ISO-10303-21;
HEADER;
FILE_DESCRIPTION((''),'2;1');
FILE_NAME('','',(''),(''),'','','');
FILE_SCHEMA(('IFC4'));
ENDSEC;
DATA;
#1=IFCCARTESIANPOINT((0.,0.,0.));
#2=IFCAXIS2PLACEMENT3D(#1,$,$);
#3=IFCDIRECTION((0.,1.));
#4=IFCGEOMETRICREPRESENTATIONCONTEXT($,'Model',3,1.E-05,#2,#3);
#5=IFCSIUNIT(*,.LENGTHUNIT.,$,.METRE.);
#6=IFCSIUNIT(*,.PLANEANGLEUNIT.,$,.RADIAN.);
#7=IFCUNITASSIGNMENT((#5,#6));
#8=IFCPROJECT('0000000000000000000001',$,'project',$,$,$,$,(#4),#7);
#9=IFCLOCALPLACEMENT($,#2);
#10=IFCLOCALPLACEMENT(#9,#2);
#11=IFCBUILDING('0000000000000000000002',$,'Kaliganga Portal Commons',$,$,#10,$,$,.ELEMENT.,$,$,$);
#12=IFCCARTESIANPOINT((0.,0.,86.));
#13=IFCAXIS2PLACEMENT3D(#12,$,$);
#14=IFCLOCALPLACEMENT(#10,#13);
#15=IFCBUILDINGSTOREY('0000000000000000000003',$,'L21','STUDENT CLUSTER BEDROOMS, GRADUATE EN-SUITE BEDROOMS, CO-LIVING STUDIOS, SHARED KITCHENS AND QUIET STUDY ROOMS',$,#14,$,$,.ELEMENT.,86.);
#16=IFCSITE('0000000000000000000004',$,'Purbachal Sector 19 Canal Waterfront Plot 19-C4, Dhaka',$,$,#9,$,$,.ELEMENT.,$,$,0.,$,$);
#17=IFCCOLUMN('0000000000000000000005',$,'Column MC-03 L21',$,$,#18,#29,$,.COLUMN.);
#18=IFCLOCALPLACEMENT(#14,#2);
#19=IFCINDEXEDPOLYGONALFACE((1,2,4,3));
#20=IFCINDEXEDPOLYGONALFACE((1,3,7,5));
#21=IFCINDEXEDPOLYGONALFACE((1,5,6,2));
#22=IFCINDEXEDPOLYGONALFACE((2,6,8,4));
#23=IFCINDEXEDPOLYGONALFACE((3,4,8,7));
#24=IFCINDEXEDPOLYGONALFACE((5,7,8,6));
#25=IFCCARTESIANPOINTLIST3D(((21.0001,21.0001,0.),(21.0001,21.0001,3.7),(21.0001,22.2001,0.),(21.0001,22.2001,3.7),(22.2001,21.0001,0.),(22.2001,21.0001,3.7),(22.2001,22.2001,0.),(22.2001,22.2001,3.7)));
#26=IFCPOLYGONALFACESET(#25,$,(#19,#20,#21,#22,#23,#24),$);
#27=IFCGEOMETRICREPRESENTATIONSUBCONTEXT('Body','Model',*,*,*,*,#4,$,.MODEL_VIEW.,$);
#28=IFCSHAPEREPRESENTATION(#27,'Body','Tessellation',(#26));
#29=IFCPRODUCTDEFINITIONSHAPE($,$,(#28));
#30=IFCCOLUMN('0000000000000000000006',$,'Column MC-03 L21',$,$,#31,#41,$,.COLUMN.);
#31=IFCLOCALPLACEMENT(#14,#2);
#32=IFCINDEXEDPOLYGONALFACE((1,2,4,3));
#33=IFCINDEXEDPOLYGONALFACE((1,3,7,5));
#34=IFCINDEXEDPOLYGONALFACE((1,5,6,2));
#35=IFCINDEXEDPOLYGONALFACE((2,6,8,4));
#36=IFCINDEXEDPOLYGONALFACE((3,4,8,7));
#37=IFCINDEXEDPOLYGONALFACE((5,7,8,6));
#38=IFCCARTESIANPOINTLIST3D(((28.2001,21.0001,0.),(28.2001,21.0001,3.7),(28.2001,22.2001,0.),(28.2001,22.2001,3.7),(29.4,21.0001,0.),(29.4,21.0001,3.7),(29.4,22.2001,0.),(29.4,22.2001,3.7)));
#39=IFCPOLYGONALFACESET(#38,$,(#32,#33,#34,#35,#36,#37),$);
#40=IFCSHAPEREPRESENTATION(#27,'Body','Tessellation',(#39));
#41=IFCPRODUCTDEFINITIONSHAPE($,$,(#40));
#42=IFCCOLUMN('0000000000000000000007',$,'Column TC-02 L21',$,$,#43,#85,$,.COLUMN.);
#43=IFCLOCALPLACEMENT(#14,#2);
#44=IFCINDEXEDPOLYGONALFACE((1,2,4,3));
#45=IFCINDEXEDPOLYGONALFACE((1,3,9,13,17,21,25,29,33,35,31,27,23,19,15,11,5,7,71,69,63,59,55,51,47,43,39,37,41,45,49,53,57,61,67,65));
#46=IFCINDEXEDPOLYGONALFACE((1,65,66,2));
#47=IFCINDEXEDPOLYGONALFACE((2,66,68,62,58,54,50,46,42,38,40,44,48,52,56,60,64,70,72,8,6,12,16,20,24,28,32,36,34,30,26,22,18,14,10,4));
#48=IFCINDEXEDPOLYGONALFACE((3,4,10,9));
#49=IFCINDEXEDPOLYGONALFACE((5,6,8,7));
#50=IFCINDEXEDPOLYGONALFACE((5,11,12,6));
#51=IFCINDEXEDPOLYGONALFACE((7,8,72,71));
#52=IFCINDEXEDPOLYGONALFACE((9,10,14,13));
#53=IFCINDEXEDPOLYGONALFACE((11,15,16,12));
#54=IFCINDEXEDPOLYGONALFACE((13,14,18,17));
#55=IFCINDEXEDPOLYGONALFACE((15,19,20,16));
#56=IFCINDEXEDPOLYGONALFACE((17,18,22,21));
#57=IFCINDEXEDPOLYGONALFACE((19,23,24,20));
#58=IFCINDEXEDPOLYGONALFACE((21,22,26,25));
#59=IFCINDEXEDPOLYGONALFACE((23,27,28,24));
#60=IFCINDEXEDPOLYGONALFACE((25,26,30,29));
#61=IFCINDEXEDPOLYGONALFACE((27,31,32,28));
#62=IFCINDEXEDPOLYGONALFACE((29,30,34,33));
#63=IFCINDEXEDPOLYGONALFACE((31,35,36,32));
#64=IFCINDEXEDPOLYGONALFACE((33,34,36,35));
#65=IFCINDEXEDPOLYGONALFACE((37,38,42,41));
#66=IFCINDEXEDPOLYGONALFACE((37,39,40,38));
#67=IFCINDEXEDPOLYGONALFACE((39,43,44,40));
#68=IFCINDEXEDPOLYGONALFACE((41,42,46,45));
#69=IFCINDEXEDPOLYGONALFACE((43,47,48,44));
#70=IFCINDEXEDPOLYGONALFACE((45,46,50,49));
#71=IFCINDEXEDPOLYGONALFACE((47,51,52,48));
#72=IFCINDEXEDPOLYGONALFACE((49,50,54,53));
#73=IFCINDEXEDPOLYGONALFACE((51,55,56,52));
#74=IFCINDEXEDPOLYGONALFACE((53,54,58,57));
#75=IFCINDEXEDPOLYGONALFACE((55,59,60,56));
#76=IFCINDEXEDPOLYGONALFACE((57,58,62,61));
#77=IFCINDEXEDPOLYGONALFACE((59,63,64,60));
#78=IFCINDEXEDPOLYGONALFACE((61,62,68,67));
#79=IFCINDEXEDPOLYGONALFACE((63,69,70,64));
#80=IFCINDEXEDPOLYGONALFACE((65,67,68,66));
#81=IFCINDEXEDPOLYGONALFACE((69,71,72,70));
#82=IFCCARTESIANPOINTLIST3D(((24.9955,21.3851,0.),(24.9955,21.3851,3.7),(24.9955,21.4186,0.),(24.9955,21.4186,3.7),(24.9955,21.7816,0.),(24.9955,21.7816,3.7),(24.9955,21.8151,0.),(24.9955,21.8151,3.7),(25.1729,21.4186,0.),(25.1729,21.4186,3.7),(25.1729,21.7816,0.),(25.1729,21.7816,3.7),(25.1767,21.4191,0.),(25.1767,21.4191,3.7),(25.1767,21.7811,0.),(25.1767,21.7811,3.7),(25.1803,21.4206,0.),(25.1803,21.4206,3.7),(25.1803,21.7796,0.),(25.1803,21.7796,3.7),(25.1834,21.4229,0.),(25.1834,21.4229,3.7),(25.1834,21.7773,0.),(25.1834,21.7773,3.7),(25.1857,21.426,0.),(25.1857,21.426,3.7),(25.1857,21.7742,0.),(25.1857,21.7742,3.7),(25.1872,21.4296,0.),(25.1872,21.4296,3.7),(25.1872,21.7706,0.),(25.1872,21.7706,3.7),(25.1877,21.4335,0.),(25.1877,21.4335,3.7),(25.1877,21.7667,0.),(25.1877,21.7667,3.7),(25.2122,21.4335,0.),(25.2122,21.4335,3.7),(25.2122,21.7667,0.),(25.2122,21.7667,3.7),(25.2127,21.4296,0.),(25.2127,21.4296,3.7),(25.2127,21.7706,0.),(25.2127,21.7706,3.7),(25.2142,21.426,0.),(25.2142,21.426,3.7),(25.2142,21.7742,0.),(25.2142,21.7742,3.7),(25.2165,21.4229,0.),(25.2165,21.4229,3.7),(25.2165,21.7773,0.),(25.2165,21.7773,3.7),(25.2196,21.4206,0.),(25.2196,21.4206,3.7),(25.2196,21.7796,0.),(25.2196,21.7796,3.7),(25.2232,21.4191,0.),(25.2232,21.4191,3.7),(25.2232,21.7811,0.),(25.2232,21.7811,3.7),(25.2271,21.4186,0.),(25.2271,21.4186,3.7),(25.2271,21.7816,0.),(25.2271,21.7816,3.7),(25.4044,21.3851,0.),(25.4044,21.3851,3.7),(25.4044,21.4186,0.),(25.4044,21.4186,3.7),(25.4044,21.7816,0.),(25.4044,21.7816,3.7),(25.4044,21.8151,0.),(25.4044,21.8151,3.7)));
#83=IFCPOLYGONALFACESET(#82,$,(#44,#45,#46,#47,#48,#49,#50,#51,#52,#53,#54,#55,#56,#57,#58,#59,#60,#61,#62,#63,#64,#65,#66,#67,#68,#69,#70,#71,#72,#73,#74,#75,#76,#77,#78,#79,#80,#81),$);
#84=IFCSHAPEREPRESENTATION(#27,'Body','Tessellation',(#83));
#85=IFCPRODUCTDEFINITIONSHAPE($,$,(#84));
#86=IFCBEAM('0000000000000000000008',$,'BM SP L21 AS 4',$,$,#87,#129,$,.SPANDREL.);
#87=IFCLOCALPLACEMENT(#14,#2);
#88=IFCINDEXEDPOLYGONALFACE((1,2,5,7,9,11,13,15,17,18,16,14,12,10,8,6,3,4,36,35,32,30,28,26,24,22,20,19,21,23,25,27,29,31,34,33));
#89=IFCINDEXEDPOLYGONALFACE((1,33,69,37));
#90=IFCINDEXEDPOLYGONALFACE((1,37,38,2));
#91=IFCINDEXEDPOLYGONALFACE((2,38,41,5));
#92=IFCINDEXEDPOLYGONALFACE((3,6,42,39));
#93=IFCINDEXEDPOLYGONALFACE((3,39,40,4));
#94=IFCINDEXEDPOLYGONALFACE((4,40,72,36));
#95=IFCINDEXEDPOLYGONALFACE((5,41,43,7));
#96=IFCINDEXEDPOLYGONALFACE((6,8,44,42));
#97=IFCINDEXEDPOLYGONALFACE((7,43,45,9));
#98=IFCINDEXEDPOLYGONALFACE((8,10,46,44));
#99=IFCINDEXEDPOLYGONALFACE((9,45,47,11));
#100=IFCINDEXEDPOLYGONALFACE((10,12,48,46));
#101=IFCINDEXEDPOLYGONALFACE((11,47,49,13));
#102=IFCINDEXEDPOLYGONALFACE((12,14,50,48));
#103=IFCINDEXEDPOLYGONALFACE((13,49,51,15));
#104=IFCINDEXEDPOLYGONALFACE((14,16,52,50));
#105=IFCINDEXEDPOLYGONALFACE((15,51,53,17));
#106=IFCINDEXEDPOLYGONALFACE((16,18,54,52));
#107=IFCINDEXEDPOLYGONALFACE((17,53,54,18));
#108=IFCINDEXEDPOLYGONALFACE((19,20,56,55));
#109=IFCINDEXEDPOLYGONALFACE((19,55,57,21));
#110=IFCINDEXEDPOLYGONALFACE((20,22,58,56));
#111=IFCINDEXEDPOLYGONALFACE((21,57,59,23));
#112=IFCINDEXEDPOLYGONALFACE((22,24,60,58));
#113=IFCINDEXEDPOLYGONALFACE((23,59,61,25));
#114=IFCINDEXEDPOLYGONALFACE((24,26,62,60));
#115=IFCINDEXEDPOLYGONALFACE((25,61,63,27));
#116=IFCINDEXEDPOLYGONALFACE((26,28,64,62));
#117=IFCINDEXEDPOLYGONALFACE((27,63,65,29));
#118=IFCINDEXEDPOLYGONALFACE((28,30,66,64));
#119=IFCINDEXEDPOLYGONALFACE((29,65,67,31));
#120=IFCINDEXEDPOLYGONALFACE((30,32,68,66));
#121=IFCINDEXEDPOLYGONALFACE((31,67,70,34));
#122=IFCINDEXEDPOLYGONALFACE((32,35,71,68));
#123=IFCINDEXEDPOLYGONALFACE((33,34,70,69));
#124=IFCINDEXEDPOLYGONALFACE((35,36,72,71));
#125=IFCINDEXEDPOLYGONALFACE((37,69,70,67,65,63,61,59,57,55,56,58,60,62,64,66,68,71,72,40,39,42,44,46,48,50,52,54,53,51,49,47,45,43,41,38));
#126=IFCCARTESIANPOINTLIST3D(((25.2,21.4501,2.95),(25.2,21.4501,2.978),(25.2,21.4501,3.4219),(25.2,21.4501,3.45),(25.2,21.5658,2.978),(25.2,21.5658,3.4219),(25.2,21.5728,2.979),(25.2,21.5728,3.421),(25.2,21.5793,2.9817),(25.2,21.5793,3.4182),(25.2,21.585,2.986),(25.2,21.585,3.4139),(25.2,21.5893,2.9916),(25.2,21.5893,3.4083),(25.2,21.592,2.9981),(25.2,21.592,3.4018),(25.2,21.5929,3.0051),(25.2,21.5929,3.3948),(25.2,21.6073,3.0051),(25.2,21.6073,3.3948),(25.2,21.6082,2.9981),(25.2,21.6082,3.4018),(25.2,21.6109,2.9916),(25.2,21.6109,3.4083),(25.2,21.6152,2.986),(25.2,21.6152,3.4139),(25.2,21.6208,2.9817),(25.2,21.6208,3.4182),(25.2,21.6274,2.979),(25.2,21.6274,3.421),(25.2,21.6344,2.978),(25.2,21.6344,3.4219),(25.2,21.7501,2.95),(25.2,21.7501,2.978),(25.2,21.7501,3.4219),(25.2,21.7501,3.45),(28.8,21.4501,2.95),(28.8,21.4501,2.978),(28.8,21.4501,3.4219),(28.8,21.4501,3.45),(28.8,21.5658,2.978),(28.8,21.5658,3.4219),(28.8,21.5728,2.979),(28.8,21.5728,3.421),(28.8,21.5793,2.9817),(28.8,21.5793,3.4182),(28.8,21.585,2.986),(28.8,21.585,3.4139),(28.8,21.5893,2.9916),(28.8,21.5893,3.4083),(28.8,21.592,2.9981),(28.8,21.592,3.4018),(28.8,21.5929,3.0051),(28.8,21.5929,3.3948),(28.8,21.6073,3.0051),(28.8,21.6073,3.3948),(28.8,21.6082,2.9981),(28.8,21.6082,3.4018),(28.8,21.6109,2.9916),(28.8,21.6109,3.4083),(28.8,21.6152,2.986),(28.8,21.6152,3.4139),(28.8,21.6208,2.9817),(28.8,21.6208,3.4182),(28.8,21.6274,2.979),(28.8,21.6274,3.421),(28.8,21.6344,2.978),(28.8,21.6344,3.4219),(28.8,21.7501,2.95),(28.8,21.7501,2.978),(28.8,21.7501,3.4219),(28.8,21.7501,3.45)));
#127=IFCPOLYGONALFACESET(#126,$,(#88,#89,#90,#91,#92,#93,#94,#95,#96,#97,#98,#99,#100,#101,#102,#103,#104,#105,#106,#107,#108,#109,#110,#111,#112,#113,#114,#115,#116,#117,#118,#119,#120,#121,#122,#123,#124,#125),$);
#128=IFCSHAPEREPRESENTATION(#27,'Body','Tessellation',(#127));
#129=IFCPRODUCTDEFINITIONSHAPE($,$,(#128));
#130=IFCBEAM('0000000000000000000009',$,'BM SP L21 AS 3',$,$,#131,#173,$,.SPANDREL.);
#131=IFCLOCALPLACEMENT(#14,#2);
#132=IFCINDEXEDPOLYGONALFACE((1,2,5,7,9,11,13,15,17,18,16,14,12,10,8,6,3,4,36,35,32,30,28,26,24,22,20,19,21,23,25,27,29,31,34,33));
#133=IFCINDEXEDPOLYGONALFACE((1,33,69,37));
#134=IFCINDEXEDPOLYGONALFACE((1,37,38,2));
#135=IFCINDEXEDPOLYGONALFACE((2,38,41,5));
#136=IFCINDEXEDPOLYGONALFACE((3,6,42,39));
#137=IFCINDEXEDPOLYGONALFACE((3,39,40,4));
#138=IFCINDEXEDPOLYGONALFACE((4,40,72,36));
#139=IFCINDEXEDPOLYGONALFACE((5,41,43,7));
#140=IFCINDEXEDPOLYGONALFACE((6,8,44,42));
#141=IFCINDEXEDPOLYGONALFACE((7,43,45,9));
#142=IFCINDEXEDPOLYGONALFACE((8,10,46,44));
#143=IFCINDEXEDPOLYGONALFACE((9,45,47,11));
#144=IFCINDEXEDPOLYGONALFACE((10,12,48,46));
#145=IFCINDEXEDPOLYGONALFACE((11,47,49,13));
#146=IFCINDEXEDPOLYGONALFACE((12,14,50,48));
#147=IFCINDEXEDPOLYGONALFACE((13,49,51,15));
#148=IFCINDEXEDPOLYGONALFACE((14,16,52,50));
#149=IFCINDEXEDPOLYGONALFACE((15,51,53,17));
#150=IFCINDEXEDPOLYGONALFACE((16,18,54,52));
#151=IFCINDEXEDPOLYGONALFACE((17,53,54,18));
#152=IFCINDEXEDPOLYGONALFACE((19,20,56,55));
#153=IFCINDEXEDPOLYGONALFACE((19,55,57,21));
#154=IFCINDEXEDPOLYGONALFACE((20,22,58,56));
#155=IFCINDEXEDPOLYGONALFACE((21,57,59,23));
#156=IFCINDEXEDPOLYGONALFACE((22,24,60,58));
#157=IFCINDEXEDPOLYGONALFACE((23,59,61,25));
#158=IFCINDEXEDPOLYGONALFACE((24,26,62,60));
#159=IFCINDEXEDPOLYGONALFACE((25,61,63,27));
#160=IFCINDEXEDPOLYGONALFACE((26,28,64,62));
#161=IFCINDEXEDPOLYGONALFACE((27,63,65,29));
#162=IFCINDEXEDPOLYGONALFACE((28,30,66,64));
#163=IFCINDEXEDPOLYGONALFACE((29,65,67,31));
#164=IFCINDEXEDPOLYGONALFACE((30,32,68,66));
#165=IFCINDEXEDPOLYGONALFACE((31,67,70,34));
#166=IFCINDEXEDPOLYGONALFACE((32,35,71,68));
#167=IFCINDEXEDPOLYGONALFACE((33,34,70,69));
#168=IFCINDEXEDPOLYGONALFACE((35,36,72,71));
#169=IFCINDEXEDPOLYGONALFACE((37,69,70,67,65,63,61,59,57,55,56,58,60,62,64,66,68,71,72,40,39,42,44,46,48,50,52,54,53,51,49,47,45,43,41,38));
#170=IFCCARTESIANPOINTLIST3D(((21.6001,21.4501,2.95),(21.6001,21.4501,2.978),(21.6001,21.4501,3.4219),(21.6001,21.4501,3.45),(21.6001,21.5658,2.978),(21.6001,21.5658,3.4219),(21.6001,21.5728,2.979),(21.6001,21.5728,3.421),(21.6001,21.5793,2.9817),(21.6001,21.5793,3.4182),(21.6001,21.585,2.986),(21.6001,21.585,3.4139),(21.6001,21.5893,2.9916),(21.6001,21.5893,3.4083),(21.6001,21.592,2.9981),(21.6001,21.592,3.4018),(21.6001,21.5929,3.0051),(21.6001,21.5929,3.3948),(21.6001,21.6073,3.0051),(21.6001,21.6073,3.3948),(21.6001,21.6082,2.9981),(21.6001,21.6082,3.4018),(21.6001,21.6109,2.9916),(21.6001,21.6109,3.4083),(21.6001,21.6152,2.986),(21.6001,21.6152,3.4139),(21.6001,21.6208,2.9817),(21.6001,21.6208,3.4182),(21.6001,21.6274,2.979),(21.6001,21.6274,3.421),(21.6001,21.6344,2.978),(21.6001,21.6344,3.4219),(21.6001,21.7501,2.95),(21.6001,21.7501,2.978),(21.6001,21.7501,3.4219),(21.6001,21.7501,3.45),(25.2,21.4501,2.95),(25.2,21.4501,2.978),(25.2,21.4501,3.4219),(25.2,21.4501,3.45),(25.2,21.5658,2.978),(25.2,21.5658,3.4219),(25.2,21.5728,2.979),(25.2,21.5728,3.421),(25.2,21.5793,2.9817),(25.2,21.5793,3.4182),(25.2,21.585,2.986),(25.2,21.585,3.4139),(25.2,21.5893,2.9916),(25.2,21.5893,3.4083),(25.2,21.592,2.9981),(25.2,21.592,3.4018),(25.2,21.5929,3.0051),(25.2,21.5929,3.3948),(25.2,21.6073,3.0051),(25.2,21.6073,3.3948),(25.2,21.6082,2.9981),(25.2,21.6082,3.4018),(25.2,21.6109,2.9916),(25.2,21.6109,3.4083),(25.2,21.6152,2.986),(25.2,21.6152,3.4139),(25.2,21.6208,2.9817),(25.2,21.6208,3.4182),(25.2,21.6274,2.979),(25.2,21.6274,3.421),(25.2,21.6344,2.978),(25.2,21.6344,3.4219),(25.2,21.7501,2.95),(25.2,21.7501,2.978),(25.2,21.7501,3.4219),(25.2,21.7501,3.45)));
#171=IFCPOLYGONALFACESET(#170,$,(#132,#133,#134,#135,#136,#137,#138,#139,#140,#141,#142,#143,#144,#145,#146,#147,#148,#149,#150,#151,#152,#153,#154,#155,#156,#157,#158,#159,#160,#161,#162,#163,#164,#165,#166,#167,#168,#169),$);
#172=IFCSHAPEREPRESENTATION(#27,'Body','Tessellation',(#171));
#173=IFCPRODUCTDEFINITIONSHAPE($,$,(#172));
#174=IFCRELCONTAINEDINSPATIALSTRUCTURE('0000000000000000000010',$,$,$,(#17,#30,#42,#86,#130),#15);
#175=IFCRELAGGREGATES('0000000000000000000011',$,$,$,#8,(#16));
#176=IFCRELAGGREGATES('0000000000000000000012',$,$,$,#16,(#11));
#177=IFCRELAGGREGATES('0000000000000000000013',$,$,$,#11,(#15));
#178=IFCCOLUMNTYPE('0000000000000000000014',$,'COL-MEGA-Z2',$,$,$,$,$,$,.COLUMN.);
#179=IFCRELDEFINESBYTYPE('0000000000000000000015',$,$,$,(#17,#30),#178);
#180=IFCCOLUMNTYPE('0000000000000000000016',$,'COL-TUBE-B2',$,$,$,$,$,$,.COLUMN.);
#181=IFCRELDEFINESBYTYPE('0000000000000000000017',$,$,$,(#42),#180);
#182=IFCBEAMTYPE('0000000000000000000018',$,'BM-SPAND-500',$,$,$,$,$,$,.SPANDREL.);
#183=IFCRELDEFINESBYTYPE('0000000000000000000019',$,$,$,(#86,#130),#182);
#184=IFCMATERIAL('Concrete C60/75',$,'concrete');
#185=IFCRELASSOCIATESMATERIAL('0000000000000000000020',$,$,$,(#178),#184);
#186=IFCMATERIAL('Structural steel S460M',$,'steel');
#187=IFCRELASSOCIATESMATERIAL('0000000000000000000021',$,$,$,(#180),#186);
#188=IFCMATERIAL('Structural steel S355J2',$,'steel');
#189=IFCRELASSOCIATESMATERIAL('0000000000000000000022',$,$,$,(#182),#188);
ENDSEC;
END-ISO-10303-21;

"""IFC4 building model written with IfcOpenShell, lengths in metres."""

from ifc_helpers import new_model, si_unit, direction, frame, origin, origin_2d, place, context, subcontext, project, spatial, rectangle, i_section, extrude, source, transform, mapped, material, material_profile, profile_set, type_object, element, save


model = new_model("IFC4")

# Units and contexts
model_context = context("Model", 3, precision=1e-05, world=origin(), true_north=direction((0.0, 1.0)))
body_context = subcontext(model_context, "Body", "Model", "MODEL_VIEW")
ifc_project = project(units=[si_unit("LENGTHUNIT", "METRE"), si_unit("PLANEANGLEUNIT", "RADIAN")], contexts=[model_context])

# Site, building, storey
site_placement = place(None, origin())
site = spatial("IfcSite", under=ifc_project, at=site_placement, Name="Purbachal Sector 19 Canal Waterfront Plot 19-C4, Dhaka", CompositionType="ELEMENT", RefElevation=0.0)
building_placement = place(site_placement, origin())
building = spatial("IfcBuilding", under=site, at=building_placement, Name="Kaliganga Portal Commons", CompositionType="ELEMENT")
storey_placement = place(building_placement, frame((0.0, 0.0, 86.0)))
storey = spatial("IfcBuildingStorey", under=building, at=storey_placement, Name="L21", Description="STUDENT CLUSTER BEDROOMS, GRADUATE EN-SUITE BEDROOMS, CO-LIVING STUDIOS, SHARED KITCHENS AND QUIET STUDY ROOMS", CompositionType="ELEMENT", Elevation=86.0)

# Columns
ifc_material_1 = material(Name="Concrete C60/75", Category="concrete")
ifc_material_profile_1 = material_profile(ifc_material_1, rectangle(XDim=1.2, YDim=1.2, at=origin_2d()), Name="RC 1200x1200")
ifc_profile_set_1 = profile_set([ifc_material_profile_1], Name="Concrete C60/75")
column_type_1 = type_object("IfcColumnType", Name="COL-MEGA-Z2", PredefinedType="COLUMN", material=ifc_profile_set_1)
shared_shape_1 = source(origin(), body_context, "Body", "SweptSolid", [
    extrude(rectangle(XDim=1.2, YDim=1.2, at=origin_2d()), origin(), (0.0, 0.0, 1.0), 3.7),
])
for number, where, z_axis, x_axis, name in (
    (1, (21.6001, 21.6001, 0.0), (0.0, 0.0, 1.0), (1.0, 0.0, 0.0), "Column MC-03 L21"),
    (2, (28.8, 21.6001, 0.0), (0.0, 0.0, 1.0), (1.0, 0.0, 0.0), "Column MC-03 L21"),
):
    element("IfcColumn", number, at=place(storey_placement, frame(where, z_axis=z_axis, x_axis=x_axis)), inside=storey, type_object=column_type_1, Name=name, PredefinedType="COLUMN", context=body_context, shape_type="MappedRepresentation", body=[
        mapped(shared_shape_1, transform((0.0, 0.0, 0.0), x_axis=(1.0, 0.0, 0.0), y_axis=(0.0, 1.0, 0.0), z_axis=(0.0, 0.0, 1.0), scale=1.0)),
    ])
ifc_material_2 = material(Name="Structural steel S460M", Category="steel")
ifc_material_profile_2 = material_profile(ifc_material_2, i_section(OverallWidth=0.4089, OverallDepth=0.4299, WebThickness=0.0244, FlangeThickness=0.0334, FilletRadius=0.0149, at=origin_2d()), Name="HD 400x421")
ifc_profile_set_2 = profile_set([ifc_material_profile_2], Name="Structural steel S460M wide-flange")
column_type_2 = type_object("IfcColumnType", Name="COL-TUBE-B2", PredefinedType="COLUMN", material=ifc_profile_set_2)
shared_shape_2 = source(origin(), body_context, "Body", "SweptSolid", [
    extrude(i_section(OverallWidth=0.4089, OverallDepth=0.4299, WebThickness=0.0244, FlangeThickness=0.0334, FilletRadius=0.0149, at=origin_2d()), origin(), (0.0, 0.0, 1.0), 3.7),
])
column_placement = place(storey_placement, frame((25.2, 21.6001, 0.0), z_axis=(0.0, 0.0, 1.0), x_axis=(1.0, 0.0, 0.0)))
element("IfcColumn", 3, at=column_placement, inside=storey, type_object=column_type_2, Name="Column TC-02 L21", PredefinedType="COLUMN", context=body_context, shape_type="MappedRepresentation", body=[
    mapped(shared_shape_2, transform((0.0, 0.0, 0.0), x_axis=(1.0, 0.0, 0.0), y_axis=(0.0, 1.0, 0.0), z_axis=(0.0, 0.0, 1.0), scale=1.0)),
])

# Beams
ifc_material_3 = material(Name="Structural steel S355J2", Category="steel")
ifc_material_profile_3 = material_profile(ifc_material_3, i_section(OverallWidth=0.3, OverallDepth=0.5, WebThickness=0.0144, FlangeThickness=0.0281, FilletRadius=0.0271, at=origin_2d()), Name="HE 500 B")
ifc_profile_set_3 = profile_set([ifc_material_profile_3], Name="Structural steel S355J2 wide-flange")
beam_type_1 = type_object("IfcBeamType", Name="BM-SPAND-500", PredefinedType="SPANDREL", material=ifc_profile_set_3)
shared_shape_3 = source(origin(), body_context, "Body", "SweptSolid", [
    extrude(i_section(OverallWidth=0.3, OverallDepth=0.5, WebThickness=0.0144, FlangeThickness=0.0281, FilletRadius=0.0271, at=origin_2d()), origin(), (0.0, 0.0, 1.0), 3.6001),
])
beam_1_placement = place(storey_placement, frame((25.2, 21.6001, 3.2), z_axis=(1.0, 0.0, 0.0), x_axis=(0.0, 1.0, 0.0)))
element("IfcBeam", 4, at=beam_1_placement, inside=storey, type_object=beam_type_1, Name="BM SP L21 AS 4", PredefinedType="SPANDREL", context=body_context, shape_type="MappedRepresentation", body=[
    mapped(shared_shape_3, transform((0.0, 0.0, 0.0), x_axis=(1.0, 0.0, 0.0), y_axis=(0.0, 1.0, 0.0), z_axis=(0.0, 0.0, 1.0), scale=1.0)),
])
shared_shape_4 = source(origin(), body_context, "Body", "SweptSolid", [
    extrude(i_section(OverallWidth=0.3, OverallDepth=0.5, WebThickness=0.0144, FlangeThickness=0.0281, FilletRadius=0.0271, at=origin_2d()), origin(), (0.0, 0.0, 1.0), 3.5999),
])
for number, where, z_axis, x_axis, name in (
    (5, (21.6001, 21.6001, 3.2), (1.0, 0.0, 0.0), (0.0, 1.0, 0.0), "BM SP L21 AS 3"),
):
    element("IfcBeam", number, at=place(storey_placement, frame(where, z_axis=z_axis, x_axis=x_axis)), inside=storey, type_object=beam_type_1, Name=name, PredefinedType="SPANDREL", context=body_context, shape_type="MappedRepresentation", body=[
        mapped(shared_shape_4, transform((0.0, 0.0, 0.0), x_axis=(1.0, 0.0, 0.0), y_axis=(0.0, 1.0, 0.0), z_axis=(0.0, 0.0, 1.0), scale=1.0)),
    ])

save(model, "model.ifc")
